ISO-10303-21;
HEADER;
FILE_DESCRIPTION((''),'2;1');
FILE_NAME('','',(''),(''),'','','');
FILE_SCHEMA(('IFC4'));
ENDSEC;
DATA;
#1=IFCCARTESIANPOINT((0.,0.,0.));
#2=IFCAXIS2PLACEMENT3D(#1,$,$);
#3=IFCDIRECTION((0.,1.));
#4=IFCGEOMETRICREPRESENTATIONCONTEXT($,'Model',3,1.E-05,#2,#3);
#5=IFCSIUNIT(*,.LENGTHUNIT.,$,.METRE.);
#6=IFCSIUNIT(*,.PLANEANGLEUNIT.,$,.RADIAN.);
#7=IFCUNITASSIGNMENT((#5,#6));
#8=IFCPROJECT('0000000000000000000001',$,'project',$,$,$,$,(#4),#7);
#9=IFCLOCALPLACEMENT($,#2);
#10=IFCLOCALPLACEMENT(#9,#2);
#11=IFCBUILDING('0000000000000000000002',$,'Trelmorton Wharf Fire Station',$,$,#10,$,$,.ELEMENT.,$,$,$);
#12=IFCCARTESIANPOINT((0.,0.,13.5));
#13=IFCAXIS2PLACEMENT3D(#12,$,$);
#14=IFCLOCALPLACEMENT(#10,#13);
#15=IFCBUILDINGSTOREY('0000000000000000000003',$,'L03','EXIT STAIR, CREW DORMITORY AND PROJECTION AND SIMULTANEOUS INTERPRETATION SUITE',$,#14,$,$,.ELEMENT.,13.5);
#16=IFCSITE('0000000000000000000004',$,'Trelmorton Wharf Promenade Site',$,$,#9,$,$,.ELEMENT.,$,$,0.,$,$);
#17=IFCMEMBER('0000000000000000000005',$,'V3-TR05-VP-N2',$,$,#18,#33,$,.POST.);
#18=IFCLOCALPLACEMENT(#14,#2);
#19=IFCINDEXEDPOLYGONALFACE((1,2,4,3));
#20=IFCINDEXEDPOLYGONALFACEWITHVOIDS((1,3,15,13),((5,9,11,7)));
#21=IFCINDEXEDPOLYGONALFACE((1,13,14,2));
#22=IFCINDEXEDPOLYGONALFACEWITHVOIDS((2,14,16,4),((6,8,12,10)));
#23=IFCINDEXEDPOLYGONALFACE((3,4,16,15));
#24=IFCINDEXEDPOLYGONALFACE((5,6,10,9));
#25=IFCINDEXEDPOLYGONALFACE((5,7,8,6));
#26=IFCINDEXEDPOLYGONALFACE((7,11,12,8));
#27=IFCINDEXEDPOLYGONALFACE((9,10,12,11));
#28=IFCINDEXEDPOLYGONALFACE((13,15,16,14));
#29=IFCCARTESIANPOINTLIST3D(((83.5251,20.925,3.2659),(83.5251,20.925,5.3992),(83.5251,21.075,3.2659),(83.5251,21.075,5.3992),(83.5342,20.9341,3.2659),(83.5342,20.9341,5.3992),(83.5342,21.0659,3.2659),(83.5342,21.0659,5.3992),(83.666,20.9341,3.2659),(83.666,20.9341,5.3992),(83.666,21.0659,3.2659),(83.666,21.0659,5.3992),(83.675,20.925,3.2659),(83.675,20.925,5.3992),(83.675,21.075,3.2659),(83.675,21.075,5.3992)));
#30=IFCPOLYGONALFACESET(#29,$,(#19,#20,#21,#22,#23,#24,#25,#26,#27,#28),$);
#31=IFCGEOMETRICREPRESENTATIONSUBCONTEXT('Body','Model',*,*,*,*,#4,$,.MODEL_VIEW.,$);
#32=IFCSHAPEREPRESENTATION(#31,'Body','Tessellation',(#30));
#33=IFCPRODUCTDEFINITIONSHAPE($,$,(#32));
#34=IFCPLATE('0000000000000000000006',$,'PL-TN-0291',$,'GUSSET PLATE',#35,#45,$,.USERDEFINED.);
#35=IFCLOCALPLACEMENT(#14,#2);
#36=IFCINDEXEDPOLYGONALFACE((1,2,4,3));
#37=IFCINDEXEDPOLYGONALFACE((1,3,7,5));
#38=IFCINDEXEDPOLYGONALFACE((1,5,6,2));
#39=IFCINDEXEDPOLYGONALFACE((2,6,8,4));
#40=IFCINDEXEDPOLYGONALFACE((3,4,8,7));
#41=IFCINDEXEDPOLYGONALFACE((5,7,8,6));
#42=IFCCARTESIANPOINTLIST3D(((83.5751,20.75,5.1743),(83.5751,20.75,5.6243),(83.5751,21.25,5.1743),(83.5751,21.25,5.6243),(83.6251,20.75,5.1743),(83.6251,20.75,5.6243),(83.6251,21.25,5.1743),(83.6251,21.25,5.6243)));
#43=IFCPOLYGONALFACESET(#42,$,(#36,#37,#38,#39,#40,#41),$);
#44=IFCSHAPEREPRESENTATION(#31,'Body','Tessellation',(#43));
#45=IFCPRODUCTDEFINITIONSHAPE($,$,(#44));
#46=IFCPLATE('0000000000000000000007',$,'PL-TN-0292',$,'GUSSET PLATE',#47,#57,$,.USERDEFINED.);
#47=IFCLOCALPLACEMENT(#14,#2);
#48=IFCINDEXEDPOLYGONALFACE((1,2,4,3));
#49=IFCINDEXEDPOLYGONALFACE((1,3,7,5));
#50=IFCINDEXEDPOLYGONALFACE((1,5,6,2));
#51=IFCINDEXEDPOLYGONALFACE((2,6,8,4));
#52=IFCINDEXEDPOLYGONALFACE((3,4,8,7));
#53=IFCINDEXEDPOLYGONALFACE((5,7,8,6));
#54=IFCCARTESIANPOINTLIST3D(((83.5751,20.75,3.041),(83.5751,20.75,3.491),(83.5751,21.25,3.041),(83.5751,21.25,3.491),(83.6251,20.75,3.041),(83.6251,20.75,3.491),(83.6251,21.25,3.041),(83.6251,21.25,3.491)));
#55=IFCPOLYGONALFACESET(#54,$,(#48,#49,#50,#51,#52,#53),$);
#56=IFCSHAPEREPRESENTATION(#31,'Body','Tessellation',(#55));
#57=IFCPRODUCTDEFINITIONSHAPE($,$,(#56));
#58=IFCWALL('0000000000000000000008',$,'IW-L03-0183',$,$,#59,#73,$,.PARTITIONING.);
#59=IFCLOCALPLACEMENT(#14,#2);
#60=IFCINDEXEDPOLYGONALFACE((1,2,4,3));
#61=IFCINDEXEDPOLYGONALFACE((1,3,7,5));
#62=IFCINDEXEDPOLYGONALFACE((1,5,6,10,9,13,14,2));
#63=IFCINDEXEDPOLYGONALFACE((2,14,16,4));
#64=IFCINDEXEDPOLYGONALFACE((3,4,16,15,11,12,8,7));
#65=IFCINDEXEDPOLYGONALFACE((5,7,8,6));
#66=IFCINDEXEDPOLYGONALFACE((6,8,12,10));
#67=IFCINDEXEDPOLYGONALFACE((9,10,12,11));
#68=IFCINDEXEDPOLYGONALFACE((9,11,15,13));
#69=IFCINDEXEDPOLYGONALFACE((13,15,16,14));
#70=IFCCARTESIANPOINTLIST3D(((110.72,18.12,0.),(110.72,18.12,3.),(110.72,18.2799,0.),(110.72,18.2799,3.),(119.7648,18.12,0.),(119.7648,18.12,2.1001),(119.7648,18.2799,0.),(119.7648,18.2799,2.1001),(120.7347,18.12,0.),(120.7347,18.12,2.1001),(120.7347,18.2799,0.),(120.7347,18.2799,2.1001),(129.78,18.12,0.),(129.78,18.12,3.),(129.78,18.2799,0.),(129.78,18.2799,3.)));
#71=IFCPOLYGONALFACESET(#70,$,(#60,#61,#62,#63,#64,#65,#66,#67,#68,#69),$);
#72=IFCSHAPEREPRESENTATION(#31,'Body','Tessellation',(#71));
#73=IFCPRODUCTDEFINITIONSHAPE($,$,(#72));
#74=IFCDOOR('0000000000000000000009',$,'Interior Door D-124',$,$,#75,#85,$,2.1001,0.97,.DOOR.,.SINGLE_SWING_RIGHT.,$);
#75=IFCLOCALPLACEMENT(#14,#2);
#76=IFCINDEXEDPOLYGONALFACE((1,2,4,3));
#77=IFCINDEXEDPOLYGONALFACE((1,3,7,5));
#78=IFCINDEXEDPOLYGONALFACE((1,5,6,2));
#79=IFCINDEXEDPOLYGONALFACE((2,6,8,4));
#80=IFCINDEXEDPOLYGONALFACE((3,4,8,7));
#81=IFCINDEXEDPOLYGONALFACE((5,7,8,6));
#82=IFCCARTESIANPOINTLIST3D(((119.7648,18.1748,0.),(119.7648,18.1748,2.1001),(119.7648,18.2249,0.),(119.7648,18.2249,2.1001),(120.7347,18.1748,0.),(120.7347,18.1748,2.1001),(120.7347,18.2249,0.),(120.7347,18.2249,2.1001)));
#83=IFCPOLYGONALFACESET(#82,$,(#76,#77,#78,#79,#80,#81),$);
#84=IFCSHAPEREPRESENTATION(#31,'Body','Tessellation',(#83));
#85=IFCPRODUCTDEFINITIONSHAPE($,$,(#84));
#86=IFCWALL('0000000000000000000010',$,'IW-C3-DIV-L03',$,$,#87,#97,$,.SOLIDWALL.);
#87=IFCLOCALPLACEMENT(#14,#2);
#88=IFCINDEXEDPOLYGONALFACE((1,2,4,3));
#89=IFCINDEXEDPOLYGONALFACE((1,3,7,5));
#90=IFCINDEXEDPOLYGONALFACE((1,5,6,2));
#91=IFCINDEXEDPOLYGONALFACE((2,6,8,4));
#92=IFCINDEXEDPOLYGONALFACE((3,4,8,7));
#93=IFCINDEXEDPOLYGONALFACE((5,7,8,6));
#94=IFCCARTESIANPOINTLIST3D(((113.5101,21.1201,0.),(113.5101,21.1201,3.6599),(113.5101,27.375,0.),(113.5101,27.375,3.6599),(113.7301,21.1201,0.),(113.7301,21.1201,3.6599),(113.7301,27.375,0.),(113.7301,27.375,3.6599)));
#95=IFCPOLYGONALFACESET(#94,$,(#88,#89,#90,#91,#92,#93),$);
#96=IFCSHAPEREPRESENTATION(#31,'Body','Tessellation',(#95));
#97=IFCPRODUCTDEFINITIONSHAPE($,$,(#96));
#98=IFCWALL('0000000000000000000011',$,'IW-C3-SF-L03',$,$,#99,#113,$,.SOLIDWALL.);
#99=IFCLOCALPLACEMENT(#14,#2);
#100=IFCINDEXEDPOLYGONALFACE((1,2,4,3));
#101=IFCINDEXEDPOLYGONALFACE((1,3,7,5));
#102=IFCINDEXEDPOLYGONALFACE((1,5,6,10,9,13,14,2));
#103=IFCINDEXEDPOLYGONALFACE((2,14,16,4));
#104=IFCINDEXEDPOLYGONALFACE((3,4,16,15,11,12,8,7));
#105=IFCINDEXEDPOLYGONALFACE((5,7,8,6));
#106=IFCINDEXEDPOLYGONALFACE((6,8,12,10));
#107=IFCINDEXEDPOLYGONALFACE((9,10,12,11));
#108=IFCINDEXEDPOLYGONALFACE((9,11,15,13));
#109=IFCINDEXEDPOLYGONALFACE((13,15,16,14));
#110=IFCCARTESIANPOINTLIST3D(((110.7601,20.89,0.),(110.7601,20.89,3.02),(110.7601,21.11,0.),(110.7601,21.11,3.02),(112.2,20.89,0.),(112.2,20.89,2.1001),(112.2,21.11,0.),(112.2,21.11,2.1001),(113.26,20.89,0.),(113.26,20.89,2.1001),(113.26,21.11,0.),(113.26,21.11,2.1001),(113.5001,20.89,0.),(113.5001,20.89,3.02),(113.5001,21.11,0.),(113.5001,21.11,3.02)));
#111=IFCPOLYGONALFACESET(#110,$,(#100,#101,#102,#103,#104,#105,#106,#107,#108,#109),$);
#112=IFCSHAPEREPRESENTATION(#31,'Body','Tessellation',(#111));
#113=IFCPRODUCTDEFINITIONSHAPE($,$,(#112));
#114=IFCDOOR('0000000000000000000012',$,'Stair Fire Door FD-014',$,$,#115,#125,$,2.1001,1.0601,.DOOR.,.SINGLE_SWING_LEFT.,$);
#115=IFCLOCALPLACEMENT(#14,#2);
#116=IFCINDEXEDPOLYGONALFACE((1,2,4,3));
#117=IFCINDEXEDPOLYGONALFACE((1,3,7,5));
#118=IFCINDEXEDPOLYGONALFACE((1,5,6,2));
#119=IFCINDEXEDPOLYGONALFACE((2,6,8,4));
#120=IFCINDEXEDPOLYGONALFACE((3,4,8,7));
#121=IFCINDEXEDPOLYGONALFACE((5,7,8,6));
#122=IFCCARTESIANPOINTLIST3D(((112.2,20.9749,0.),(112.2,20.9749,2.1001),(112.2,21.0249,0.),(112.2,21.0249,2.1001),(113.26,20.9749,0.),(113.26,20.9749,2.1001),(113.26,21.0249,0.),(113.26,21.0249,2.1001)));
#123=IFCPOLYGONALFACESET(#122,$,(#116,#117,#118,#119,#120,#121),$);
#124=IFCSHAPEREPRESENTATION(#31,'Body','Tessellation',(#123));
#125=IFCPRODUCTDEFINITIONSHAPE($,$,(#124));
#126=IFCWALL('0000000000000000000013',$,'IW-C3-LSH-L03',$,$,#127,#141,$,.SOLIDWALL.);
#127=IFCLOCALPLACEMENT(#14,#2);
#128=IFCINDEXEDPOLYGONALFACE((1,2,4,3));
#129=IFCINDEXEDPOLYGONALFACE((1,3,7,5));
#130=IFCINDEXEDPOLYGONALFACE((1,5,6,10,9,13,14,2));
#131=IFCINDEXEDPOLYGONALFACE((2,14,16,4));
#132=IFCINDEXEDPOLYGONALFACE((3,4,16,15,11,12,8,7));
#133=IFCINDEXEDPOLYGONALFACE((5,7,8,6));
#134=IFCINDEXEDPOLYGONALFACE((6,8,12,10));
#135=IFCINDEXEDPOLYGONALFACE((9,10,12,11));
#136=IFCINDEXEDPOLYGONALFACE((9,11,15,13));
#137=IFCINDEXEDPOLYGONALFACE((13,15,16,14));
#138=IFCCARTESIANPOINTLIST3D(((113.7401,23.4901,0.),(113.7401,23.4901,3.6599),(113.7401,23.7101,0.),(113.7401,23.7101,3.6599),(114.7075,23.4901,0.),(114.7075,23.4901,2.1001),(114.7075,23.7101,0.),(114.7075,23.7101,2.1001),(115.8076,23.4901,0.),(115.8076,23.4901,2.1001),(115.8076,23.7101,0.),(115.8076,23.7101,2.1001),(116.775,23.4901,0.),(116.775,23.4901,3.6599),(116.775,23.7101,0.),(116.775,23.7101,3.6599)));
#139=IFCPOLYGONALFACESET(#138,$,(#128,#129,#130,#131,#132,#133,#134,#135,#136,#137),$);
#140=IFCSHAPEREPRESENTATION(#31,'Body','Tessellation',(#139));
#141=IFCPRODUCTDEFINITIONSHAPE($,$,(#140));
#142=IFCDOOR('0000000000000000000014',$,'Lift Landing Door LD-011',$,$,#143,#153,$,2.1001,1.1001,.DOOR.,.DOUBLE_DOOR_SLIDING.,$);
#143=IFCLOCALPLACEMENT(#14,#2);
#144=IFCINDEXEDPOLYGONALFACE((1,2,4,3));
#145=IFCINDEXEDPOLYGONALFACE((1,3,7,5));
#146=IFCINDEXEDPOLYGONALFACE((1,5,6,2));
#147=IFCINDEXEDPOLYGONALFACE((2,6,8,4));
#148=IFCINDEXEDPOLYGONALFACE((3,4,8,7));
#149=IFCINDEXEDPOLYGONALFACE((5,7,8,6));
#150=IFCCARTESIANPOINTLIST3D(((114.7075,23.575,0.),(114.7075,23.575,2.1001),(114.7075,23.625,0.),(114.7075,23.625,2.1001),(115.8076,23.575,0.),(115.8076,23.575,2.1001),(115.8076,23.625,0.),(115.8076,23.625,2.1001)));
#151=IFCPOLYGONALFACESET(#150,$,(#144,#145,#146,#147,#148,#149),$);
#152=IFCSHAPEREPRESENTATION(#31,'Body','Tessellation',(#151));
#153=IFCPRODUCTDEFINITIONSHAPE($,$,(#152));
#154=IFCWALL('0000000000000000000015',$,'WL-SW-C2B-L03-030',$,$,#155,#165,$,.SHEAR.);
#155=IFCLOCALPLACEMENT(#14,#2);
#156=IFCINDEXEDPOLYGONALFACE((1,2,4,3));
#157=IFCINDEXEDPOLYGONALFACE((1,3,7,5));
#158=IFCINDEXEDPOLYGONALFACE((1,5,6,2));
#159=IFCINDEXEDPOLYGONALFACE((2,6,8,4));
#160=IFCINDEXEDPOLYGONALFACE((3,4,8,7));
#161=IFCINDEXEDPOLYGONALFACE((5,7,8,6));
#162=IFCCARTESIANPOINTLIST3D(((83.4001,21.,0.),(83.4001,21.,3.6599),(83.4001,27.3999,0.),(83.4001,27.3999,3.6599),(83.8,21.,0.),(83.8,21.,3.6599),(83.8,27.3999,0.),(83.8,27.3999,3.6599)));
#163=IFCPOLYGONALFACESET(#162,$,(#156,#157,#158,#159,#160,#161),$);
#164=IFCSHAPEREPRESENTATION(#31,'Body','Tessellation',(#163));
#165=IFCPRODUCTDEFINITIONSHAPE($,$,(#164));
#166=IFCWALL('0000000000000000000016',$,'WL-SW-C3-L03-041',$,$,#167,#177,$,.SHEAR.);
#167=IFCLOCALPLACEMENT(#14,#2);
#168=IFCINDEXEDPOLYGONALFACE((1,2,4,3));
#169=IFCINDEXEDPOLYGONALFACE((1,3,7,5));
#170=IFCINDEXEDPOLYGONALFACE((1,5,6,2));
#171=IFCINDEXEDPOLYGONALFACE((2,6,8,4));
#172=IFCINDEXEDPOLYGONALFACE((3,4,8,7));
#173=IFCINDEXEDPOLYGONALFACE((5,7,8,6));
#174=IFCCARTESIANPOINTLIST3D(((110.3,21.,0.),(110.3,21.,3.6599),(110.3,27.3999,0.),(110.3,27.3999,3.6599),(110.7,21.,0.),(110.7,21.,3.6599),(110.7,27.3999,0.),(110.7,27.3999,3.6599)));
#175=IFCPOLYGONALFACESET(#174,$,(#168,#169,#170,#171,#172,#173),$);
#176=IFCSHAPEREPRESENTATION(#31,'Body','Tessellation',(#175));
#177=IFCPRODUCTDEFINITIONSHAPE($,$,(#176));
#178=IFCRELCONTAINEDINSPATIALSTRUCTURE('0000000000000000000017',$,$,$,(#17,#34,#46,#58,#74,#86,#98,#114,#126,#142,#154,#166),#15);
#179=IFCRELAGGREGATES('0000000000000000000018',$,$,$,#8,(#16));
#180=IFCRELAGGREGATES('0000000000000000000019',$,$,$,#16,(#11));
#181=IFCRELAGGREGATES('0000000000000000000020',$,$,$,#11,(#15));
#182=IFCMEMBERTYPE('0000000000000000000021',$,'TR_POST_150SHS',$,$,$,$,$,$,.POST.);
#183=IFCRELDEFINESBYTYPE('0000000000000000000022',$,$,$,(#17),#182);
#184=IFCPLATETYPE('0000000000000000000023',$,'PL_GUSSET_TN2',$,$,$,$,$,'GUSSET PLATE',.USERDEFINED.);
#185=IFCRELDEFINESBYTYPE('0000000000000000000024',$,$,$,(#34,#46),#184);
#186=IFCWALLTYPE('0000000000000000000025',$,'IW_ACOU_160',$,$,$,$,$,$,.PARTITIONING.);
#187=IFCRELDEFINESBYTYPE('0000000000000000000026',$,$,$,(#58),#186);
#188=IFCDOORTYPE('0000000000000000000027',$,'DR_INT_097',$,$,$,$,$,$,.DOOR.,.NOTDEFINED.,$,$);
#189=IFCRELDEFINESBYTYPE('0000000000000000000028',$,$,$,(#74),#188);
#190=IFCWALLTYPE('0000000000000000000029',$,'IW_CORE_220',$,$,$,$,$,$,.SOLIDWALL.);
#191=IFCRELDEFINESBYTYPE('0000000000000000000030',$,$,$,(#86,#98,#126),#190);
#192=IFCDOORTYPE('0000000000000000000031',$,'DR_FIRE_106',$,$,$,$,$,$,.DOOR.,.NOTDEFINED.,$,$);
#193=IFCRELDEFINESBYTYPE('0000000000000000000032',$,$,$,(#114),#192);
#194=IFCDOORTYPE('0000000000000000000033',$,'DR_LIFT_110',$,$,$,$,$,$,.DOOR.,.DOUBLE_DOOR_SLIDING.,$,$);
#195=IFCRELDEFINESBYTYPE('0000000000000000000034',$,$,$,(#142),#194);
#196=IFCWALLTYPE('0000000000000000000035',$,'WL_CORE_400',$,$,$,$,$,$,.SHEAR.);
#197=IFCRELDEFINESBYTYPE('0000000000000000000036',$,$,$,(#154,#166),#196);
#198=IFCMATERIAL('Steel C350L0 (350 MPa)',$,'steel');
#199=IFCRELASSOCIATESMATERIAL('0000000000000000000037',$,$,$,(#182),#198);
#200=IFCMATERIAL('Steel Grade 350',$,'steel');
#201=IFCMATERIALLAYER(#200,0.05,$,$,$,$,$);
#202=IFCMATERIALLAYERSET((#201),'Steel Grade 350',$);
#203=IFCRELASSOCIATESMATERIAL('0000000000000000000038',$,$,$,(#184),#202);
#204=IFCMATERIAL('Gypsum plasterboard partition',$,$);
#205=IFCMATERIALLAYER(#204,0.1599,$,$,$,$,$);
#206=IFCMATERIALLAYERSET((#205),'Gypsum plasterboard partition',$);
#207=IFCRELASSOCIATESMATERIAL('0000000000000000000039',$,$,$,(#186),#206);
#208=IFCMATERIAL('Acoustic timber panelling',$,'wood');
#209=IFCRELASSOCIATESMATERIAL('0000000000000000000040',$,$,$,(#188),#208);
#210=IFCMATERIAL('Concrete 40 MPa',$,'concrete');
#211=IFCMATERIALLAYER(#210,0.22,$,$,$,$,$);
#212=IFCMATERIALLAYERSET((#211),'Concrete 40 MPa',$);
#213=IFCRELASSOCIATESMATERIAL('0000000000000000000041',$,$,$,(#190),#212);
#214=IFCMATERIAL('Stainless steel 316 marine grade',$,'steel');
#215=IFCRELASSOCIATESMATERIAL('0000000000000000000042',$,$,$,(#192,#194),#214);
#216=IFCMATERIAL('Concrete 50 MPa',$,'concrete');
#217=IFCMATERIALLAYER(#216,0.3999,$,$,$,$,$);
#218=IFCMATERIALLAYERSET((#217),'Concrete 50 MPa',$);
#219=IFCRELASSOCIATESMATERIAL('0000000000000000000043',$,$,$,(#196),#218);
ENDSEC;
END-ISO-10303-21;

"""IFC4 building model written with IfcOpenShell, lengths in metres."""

from ifc_helpers import new_model, si_unit, direction, frame, frame_2d, origin, origin_2d, place, context, subcontext, project, spatial, rectangle, hollow_rectangle, extrude, material, layer, layer_set, material_profile, profile_set, type_object, element, fill, save


model = new_model("IFC4")

# Units and contexts
model_context = context("Model", 3, precision=1e-05, world=origin(), true_north=direction((0.0, 1.0)))
body_context = subcontext(model_context, "Body", "Model", "MODEL_VIEW")
ifc_project = project(units=[si_unit("LENGTHUNIT", "METRE"), si_unit("PLANEANGLEUNIT", "RADIAN")], contexts=[model_context])

# Site, building, storey
site_placement = place(None, origin())
site = spatial("IfcSite", under=ifc_project, at=site_placement, Name="Trelmorton Wharf Promenade Site", CompositionType="ELEMENT", RefElevation=0.0)
building_placement = place(site_placement, origin())
building = spatial("IfcBuilding", under=site, at=building_placement, Name="Trelmorton Wharf Fire Station", CompositionType="ELEMENT")
storey_placement = place(building_placement, frame((0.0, 0.0, 13.5)))
storey = spatial("IfcBuildingStorey", under=building, at=storey_placement, Name="L03", Description="EXIT STAIR, CREW DORMITORY AND PROJECTION AND SIMULTANEOUS INTERPRETATION SUITE", CompositionType="ELEMENT", Elevation=13.5)

# Shared definitions
ifc_material_1 = material(Name="Steel Grade 350", Category="steel")

# Member
ifc_material_2 = material(Name="Steel C350L0 (350 MPa)", Category="steel")
ifc_material_profile_1 = material_profile(ifc_material_2, hollow_rectangle(XDim=0.1499, YDim=0.1499, WallThickness=0.009, at=origin_2d()), Name="150x150x9.0SHS")
ifc_profile_set_1 = profile_set([ifc_material_profile_1], Name="Steel C350L0 (350 MPa)")
member_type_1 = type_object("IfcMemberType", Name="TR_POST_150SHS", PredefinedType="POST", material=ifc_profile_set_1)
member_1_placement = place(storey_placement, frame((83.6001, 21.0, 3.2659), z_axis=(0.0, 0.0, 1.0), x_axis=(1.0, 0.0, 0.0)))
element("IfcMember", 1, at=member_1_placement, inside=storey, type_object=member_type_1, Name="V3-TR05-VP-N2", PredefinedType="POST", context=body_context, shape_type="SweptSolid", body=[
    extrude(hollow_rectangle(XDim=0.1499, YDim=0.1499, WallThickness=0.009, at=origin_2d()), origin(), (0.0, 0.0, 1.0), 2.1333),
])

# Plates
ifc_layer_1 = layer(ifc_material_1, 0.05)
ifc_layer_set_1 = layer_set([ifc_layer_1], Name="Steel Grade 350")
plate_type = type_object("IfcPlateType", Name="PL_GUSSET_TN2", ElementType="GUSSET PLATE", PredefinedType="USERDEFINED", material=ifc_layer_set_1)
for number, where, z_axis, x_axis, name in (
    (2, (83.6001, 21.0, 5.1743), (0.0, 0.0, 1.0), (1.0, 0.0, 0.0), "PL-TN-0291"),
    (3, (83.6001, 21.0, 3.041), (0.0, 0.0, 1.0), (1.0, 0.0, 0.0), "PL-TN-0292"),
):
    element("IfcPlate", number, at=place(storey_placement, frame(where, z_axis=z_axis, x_axis=x_axis)), inside=storey, type_object=plate_type, Name=name, ObjectType="GUSSET PLATE", PredefinedType="USERDEFINED", context=body_context, shape_type="SweptSolid", body=[
        extrude(rectangle(XDim=0.05, YDim=0.5, at=origin_2d()), origin(), (0.0, 0.0, 1.0), 0.45),
    ])

# Wall, opening, door
ifc_material_3 = material(Name="Gypsum plasterboard partition")
ifc_layer_2 = layer(ifc_material_3, 0.1599)
ifc_layer_set_2 = layer_set([ifc_layer_2], Name="Gypsum plasterboard partition")
wall_type_1 = type_object("IfcWallType", Name="IW_ACOU_160", PredefinedType="PARTITIONING", material=ifc_layer_set_2)
wall_1_placement = place(storey_placement, frame((110.72, 18.2, 0.0), z_axis=(0.0, 0.0, 1.0), x_axis=(1.0, 0.0, 0.0)))
wall_1 = element("IfcWall", 4, at=wall_1_placement, inside=storey, type_object=wall_type_1, Name="IW-L03-0183", PredefinedType="PARTITIONING", context=body_context, shape_type="SweptSolid", body=[
    extrude(rectangle(XDim=19.0601, YDim=0.1599, at=frame_2d((9.53, 0.0))), origin(), (0.0, 0.0, 1.0), 3.0),
])
opening_1_placement = place(wall_1_placement, frame((9.0449, 0.0, 0.0)))
opening_1 = element("IfcOpeningElement", 5, at=opening_1_placement, cuts=wall_1, PredefinedType="OPENING", context=body_context, shape_type="SweptSolid", body=[
    extrude(rectangle(XDim=0.97, YDim=2.1001, at=frame_2d((0.4849, 1.05))), frame((0.0, 0.0898, 0.0), z_axis=(0.0, -1.0, 0.0), x_axis=(1.0, 0.0, 0.0)), (0.0, 0.0, 1.0), 0.1799),
])
ifc_material_4 = material(Name="Acoustic timber panelling", Category="wood")
door_type_1 = type_object("IfcDoorType", Name="DR_INT_097", OperationType="NOTDEFINED", PredefinedType="DOOR", material=ifc_material_4)
door_1_placement = place(opening_1_placement, origin())
door_1 = element("IfcDoor", 6, at=door_1_placement, inside=storey, type_object=door_type_1, Name="Interior Door D-124", OperationType="SINGLE_SWING_RIGHT", OverallHeight=2.1001, OverallWidth=0.97, PredefinedType="DOOR", context=body_context, shape_type="SweptSolid", body=[
    extrude(rectangle(XDim=0.97, YDim=2.1001, at=frame_2d((0.4849, 1.05))), frame((0.0, 0.0249, 0.0), z_axis=(0.0, -1.0, 0.0), x_axis=(1.0, 0.0, 0.0)), (0.0, 0.0, 1.0), 0.05),
])
fill(opening_1, door_1)

# Wall
ifc_material_5 = material(Name="Concrete 40 MPa", Category="concrete")
ifc_layer_3 = layer(ifc_material_5, 0.22)
ifc_layer_set_3 = layer_set([ifc_layer_3], Name="Concrete 40 MPa")
wall_type_2 = type_object("IfcWallType", Name="IW_CORE_220", PredefinedType="SOLIDWALL", material=ifc_layer_set_3)
wall_2_placement = place(storey_placement, frame((113.6201, 21.1201, 0.0), z_axis=(0.0, 0.0, 1.0), x_axis=(0.0, 1.0, 0.0)))
element("IfcWall", 7, at=wall_2_placement, inside=storey, type_object=wall_type_2, Name="IW-C3-DIV-L03", PredefinedType="SOLIDWALL", context=body_context, shape_type="SweptSolid", body=[
    extrude(rectangle(XDim=6.2549, YDim=0.22, at=frame_2d((3.1274, 0.0))), origin(), (0.0, 0.0, 1.0), 3.6599),
])

# Walls, openings, doors
wall_3_placement = place(storey_placement, frame((110.76, 21.0, 0.0), z_axis=(0.0, 0.0, 1.0), x_axis=(1.0, 0.0, 0.0)))
wall_3 = element("IfcWall", 8, at=wall_3_placement, inside=storey, type_object=wall_type_2, Name="IW-C3-SF-L03", PredefinedType="SOLIDWALL", context=body_context, shape_type="SweptSolid", body=[
    extrude(rectangle(XDim=2.74, YDim=0.22, at=frame_2d((1.3701, 0.0))), origin(), (0.0, 0.0, 1.0), 3.02),
])
opening_2_placement = place(wall_3_placement, frame((1.4399, 0.0, 0.0)))
opening_2 = element("IfcOpeningElement", 9, at=opening_2_placement, cuts=wall_3, PredefinedType="OPENING", context=body_context, shape_type="SweptSolid", body=[
    extrude(rectangle(XDim=1.0601, YDim=2.1001, at=frame_2d((0.53, 1.05))), frame((0.0, 0.1201, 0.0), z_axis=(0.0, -1.0, 0.0), x_axis=(1.0, 0.0, 0.0)), (0.0, 0.0, 1.0), 0.24),
])
ifc_material_6 = material(Name="Stainless steel 316 marine grade", Category="steel")
door_type_2 = type_object("IfcDoorType", Name="DR_FIRE_106", OperationType="NOTDEFINED", PredefinedType="DOOR", material=ifc_material_6)
door_2_placement = place(opening_2_placement, origin())
door_2 = element("IfcDoor", 10, at=door_2_placement, inside=storey, type_object=door_type_2, Name="Stair Fire Door FD-014", OperationType="SINGLE_SWING_LEFT", OverallHeight=2.1001, OverallWidth=1.0601, PredefinedType="DOOR", context=body_context, shape_type="SweptSolid", body=[
    extrude(rectangle(XDim=1.0601, YDim=2.1001, at=frame_2d((0.53, 1.05))), frame((0.0, 0.0249, 0.0), z_axis=(0.0, -1.0, 0.0), x_axis=(1.0, 0.0, 0.0)), (0.0, 0.0, 1.0), 0.05),
])
fill(opening_2, door_2)
wall_4_placement = place(storey_placement, frame((113.74, 23.6001, 0.0), z_axis=(0.0, 0.0, 1.0), x_axis=(1.0, 0.0, 0.0)))
wall_4 = element("IfcWall", 11, at=wall_4_placement, inside=storey, type_object=wall_type_2, Name="IW-C3-LSH-L03", PredefinedType="SOLIDWALL", context=body_context, shape_type="SweptSolid", body=[
    extrude(rectangle(XDim=3.0349, YDim=0.22, at=frame_2d((1.5176, 0.0))), origin(), (0.0, 0.0, 1.0), 3.6599),
])
opening_3_placement = place(wall_4_placement, frame((0.9675, 0.0, 0.0)))
opening_3 = element("IfcOpeningElement", 12, at=opening_3_placement, cuts=wall_4, PredefinedType="OPENING", context=body_context, shape_type="SweptSolid", body=[
    extrude(rectangle(XDim=1.1001, YDim=2.1001, at=frame_2d((0.55, 1.05))), frame((0.0, 0.1201, 0.0), z_axis=(0.0, -1.0, 0.0), x_axis=(1.0, 0.0, 0.0)), (0.0, 0.0, 1.0), 0.24),
])
door_type_3 = type_object("IfcDoorType", Name="DR_LIFT_110", OperationType="DOUBLE_DOOR_SLIDING", PredefinedType="DOOR", material=ifc_material_6)
door_3_placement = place(opening_3_placement, origin())
door_3 = element("IfcDoor", 13, at=door_3_placement, inside=storey, type_object=door_type_3, Name="Lift Landing Door LD-011", OperationType="DOUBLE_DOOR_SLIDING", OverallHeight=2.1001, OverallWidth=1.1001, PredefinedType="DOOR", context=body_context, shape_type="SweptSolid", body=[
    extrude(rectangle(XDim=1.1001, YDim=2.1001, at=frame_2d((0.55, 1.05))), frame((0.0, 0.0249, 0.0), z_axis=(0.0, -1.0, 0.0), x_axis=(1.0, 0.0, 0.0)), (0.0, 0.0, 1.0), 0.05),
])
fill(opening_3, door_3)

# Walls
ifc_material_7 = material(Name="Concrete 50 MPa", Category="concrete")
ifc_layer_4 = layer(ifc_material_7, 0.3999)
ifc_layer_set_4 = layer_set([ifc_layer_4], Name="Concrete 50 MPa")
wall_type_3 = type_object("IfcWallType", Name="WL_CORE_400", PredefinedType="SHEAR", material=ifc_layer_set_4)
for number, where, z_axis, x_axis, name in (
    (14, (83.6001, 21.0, 0.0), (0.0, 0.0, 1.0), (0.0, 1.0, 0.0), "WL-SW-C2B-L03-030"),
    (15, (110.5, 21.0, 0.0), (0.0, 0.0, 1.0), (0.0, 1.0, 0.0), "WL-SW-C3-L03-041"),
):
    element("IfcWall", number, at=place(storey_placement, frame(where, z_axis=z_axis, x_axis=x_axis)), inside=storey, type_object=wall_type_3, Name=name, PredefinedType="SHEAR", context=body_context, shape_type="SweptSolid", body=[
        extrude(rectangle(XDim=6.3999, YDim=0.3999, at=frame_2d((3.2, 0.0))), origin(), (0.0, 0.0, 1.0), 3.6599),
    ])

save(model, "model.ifc")
